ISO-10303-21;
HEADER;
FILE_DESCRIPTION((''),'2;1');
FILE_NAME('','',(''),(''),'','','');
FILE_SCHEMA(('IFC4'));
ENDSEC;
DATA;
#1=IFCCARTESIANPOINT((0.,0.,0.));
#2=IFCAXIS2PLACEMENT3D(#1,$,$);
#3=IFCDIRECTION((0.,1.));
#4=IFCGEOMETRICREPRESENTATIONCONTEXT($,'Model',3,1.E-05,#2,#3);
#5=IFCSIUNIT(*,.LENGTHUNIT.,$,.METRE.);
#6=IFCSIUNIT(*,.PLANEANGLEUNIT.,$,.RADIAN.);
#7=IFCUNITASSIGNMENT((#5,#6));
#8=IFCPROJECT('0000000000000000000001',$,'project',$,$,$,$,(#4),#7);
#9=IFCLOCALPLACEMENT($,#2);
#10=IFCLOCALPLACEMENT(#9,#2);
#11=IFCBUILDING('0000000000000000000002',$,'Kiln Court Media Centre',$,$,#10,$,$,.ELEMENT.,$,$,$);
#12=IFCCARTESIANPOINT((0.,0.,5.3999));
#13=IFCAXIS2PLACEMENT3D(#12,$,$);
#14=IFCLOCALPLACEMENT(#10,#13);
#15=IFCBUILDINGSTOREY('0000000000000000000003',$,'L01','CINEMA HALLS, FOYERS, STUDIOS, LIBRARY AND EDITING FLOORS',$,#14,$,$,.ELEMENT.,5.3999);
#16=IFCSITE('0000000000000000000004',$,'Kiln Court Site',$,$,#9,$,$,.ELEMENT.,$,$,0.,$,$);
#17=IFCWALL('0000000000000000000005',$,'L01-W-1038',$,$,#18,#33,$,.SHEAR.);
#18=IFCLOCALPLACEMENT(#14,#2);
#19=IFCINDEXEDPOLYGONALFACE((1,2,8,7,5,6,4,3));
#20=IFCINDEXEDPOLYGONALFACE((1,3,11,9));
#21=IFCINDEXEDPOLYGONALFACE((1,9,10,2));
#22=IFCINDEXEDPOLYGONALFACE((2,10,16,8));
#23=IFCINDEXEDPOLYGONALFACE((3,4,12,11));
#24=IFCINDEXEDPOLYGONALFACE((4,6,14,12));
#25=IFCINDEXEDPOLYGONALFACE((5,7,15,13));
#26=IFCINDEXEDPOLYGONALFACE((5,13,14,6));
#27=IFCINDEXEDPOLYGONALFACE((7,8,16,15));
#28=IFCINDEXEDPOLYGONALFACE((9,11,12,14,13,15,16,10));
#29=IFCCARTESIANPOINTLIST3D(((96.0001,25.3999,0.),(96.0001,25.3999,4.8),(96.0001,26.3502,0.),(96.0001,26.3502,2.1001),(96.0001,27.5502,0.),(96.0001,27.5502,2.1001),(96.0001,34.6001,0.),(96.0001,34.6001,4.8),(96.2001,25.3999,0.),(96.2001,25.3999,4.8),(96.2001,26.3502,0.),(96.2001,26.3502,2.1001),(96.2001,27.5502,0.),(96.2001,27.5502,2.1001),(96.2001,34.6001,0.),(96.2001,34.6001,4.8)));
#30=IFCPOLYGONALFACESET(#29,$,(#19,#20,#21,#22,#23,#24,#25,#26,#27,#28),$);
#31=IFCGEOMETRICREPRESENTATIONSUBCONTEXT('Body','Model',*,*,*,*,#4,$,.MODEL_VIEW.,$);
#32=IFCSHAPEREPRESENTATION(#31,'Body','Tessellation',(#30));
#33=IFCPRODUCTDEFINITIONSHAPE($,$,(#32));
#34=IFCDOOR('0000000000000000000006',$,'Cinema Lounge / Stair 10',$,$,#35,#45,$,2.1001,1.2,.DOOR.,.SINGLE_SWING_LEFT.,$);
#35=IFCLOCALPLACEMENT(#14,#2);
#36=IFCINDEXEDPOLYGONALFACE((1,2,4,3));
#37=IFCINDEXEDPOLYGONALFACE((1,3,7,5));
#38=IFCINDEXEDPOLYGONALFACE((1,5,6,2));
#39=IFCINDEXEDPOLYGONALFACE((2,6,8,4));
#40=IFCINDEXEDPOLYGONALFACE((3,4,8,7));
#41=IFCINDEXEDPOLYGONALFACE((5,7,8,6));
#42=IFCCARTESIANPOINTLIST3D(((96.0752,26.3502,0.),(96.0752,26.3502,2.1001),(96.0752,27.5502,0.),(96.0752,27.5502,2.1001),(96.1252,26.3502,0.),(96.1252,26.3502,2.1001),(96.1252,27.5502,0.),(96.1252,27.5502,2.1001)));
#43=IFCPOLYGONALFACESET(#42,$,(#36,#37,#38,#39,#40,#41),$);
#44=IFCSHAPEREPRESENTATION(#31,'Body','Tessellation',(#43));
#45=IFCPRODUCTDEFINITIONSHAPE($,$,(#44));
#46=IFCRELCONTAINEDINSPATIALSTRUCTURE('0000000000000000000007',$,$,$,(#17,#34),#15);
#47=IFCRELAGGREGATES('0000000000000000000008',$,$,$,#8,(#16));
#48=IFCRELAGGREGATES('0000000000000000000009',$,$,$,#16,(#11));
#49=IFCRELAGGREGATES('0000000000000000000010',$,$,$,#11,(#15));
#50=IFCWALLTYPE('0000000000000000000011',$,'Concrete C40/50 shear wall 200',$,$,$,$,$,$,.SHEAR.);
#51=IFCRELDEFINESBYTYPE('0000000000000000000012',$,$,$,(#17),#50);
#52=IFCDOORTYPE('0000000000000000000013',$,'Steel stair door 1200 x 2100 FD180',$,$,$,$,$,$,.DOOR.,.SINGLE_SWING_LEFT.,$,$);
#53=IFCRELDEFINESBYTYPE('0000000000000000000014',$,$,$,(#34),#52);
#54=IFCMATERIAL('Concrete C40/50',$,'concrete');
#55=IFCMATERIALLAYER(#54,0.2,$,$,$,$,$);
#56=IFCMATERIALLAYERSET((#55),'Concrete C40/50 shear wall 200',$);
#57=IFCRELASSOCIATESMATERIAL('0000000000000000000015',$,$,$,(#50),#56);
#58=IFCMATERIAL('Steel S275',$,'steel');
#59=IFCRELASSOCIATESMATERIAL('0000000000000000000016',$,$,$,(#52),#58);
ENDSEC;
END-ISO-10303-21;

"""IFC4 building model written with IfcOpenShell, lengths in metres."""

from ifc_helpers import new_model, si_unit, direction, frame, frame_2d, origin, place, context, subcontext, project, spatial, rectangle, extrude, material, layer, layer_set, type_object, element, fill, save


model = new_model("IFC4")

# Units and contexts
model_context = context("Model", 3, precision=1e-05, world=origin(), true_north=direction((0.0, 1.0)))
body_context = subcontext(model_context, "Body", "Model", "MODEL_VIEW")
ifc_project = project(units=[si_unit("LENGTHUNIT", "METRE"), si_unit("PLANEANGLEUNIT", "RADIAN")], contexts=[model_context])

# Site, building, storey
site_placement = place(None, origin())
site = spatial("IfcSite", under=ifc_project, at=site_placement, Name="Kiln Court Site", CompositionType="ELEMENT", RefElevation=0.0)
building_placement = place(site_placement, origin())
building = spatial("IfcBuilding", under=site, at=building_placement, Name="Kiln Court Media Centre", CompositionType="ELEMENT")
storey_placement = place(building_placement, frame((0.0, 0.0, 5.3999)))
storey = spatial("IfcBuildingStorey", under=building, at=storey_placement, Name="L01", Description="CINEMA HALLS, FOYERS, STUDIOS, LIBRARY AND EDITING FLOORS", CompositionType="ELEMENT", Elevation=5.3999)

# Shared definitions
ifc_material_1 = material(Name="Concrete C40/50", Category="concrete")
ifc_layer_1 = layer(ifc_material_1, 0.2)
ifc_layer_set_1 = layer_set([ifc_layer_1], Name="Concrete C40/50 shear wall 200")
wall_type_1 = type_object("IfcWallType", Name="Concrete C40/50 shear wall 200", PredefinedType="SHEAR", material=ifc_layer_set_1)

# Wall, opening, door
wall_1_placement = place(storey_placement, frame((96.1001, 25.3999, 0.0), z_axis=(0.0, 0.0, 1.0), x_axis=(0.0, 1.0, 0.0)))
wall_1 = element("IfcWall", 1, at=wall_1_placement, inside=storey, type_object=wall_type_1, Name="L01-W-1038", PredefinedType="SHEAR", context=body_context, shape_type="SweptSolid", body=[
    extrude(rectangle(XDim=9.2002, YDim=0.2, at=frame_2d((4.6001, 0.0))), origin(), (0.0, 0.0, 1.0), 4.8),
])
opening_1_placement = place(wall_1_placement, frame((0.9502, 0.0, 0.0)))
opening_1 = element("IfcOpeningElement", 2, at=opening_1_placement, cuts=wall_1, PredefinedType="OPENING", context=body_context, shape_type="SweptSolid", body=[
    extrude(rectangle(XDim=1.2, YDim=2.1001, at=frame_2d((0.6001, 1.05))), frame((0.0, 0.1099, 0.0), z_axis=(0.0, -1.0, 0.0), x_axis=(1.0, 0.0, 0.0)), (0.0, 0.0, 1.0), 0.22),
])
ifc_material_2 = material(Name="Steel S275", Category="steel")
door_type = type_object("IfcDoorType", Name="Steel stair door 1200 x 2100 FD180", OperationType="SINGLE_SWING_LEFT", PredefinedType="DOOR", material=ifc_material_2)
door_placement = place(opening_1_placement, origin())
door = element("IfcDoor", 3, at=door_placement, inside=storey, type_object=door_type, Name="Cinema Lounge / Stair 10", OperationType="SINGLE_SWING_LEFT", OverallHeight=2.1001, OverallWidth=1.2, PredefinedType="DOOR", context=body_context, shape_type="SweptSolid", body=[
    extrude(rectangle(XDim=1.2, YDim=2.1001, at=frame_2d((0.6001, 1.05))), frame((0.0, 0.0249, 0.0), z_axis=(0.0, -1.0, 0.0), x_axis=(1.0, 0.0, 0.0)), (0.0, 0.0, 1.0), 0.05),
])
fill(opening_1, door)

save(model, "model.ifc")
